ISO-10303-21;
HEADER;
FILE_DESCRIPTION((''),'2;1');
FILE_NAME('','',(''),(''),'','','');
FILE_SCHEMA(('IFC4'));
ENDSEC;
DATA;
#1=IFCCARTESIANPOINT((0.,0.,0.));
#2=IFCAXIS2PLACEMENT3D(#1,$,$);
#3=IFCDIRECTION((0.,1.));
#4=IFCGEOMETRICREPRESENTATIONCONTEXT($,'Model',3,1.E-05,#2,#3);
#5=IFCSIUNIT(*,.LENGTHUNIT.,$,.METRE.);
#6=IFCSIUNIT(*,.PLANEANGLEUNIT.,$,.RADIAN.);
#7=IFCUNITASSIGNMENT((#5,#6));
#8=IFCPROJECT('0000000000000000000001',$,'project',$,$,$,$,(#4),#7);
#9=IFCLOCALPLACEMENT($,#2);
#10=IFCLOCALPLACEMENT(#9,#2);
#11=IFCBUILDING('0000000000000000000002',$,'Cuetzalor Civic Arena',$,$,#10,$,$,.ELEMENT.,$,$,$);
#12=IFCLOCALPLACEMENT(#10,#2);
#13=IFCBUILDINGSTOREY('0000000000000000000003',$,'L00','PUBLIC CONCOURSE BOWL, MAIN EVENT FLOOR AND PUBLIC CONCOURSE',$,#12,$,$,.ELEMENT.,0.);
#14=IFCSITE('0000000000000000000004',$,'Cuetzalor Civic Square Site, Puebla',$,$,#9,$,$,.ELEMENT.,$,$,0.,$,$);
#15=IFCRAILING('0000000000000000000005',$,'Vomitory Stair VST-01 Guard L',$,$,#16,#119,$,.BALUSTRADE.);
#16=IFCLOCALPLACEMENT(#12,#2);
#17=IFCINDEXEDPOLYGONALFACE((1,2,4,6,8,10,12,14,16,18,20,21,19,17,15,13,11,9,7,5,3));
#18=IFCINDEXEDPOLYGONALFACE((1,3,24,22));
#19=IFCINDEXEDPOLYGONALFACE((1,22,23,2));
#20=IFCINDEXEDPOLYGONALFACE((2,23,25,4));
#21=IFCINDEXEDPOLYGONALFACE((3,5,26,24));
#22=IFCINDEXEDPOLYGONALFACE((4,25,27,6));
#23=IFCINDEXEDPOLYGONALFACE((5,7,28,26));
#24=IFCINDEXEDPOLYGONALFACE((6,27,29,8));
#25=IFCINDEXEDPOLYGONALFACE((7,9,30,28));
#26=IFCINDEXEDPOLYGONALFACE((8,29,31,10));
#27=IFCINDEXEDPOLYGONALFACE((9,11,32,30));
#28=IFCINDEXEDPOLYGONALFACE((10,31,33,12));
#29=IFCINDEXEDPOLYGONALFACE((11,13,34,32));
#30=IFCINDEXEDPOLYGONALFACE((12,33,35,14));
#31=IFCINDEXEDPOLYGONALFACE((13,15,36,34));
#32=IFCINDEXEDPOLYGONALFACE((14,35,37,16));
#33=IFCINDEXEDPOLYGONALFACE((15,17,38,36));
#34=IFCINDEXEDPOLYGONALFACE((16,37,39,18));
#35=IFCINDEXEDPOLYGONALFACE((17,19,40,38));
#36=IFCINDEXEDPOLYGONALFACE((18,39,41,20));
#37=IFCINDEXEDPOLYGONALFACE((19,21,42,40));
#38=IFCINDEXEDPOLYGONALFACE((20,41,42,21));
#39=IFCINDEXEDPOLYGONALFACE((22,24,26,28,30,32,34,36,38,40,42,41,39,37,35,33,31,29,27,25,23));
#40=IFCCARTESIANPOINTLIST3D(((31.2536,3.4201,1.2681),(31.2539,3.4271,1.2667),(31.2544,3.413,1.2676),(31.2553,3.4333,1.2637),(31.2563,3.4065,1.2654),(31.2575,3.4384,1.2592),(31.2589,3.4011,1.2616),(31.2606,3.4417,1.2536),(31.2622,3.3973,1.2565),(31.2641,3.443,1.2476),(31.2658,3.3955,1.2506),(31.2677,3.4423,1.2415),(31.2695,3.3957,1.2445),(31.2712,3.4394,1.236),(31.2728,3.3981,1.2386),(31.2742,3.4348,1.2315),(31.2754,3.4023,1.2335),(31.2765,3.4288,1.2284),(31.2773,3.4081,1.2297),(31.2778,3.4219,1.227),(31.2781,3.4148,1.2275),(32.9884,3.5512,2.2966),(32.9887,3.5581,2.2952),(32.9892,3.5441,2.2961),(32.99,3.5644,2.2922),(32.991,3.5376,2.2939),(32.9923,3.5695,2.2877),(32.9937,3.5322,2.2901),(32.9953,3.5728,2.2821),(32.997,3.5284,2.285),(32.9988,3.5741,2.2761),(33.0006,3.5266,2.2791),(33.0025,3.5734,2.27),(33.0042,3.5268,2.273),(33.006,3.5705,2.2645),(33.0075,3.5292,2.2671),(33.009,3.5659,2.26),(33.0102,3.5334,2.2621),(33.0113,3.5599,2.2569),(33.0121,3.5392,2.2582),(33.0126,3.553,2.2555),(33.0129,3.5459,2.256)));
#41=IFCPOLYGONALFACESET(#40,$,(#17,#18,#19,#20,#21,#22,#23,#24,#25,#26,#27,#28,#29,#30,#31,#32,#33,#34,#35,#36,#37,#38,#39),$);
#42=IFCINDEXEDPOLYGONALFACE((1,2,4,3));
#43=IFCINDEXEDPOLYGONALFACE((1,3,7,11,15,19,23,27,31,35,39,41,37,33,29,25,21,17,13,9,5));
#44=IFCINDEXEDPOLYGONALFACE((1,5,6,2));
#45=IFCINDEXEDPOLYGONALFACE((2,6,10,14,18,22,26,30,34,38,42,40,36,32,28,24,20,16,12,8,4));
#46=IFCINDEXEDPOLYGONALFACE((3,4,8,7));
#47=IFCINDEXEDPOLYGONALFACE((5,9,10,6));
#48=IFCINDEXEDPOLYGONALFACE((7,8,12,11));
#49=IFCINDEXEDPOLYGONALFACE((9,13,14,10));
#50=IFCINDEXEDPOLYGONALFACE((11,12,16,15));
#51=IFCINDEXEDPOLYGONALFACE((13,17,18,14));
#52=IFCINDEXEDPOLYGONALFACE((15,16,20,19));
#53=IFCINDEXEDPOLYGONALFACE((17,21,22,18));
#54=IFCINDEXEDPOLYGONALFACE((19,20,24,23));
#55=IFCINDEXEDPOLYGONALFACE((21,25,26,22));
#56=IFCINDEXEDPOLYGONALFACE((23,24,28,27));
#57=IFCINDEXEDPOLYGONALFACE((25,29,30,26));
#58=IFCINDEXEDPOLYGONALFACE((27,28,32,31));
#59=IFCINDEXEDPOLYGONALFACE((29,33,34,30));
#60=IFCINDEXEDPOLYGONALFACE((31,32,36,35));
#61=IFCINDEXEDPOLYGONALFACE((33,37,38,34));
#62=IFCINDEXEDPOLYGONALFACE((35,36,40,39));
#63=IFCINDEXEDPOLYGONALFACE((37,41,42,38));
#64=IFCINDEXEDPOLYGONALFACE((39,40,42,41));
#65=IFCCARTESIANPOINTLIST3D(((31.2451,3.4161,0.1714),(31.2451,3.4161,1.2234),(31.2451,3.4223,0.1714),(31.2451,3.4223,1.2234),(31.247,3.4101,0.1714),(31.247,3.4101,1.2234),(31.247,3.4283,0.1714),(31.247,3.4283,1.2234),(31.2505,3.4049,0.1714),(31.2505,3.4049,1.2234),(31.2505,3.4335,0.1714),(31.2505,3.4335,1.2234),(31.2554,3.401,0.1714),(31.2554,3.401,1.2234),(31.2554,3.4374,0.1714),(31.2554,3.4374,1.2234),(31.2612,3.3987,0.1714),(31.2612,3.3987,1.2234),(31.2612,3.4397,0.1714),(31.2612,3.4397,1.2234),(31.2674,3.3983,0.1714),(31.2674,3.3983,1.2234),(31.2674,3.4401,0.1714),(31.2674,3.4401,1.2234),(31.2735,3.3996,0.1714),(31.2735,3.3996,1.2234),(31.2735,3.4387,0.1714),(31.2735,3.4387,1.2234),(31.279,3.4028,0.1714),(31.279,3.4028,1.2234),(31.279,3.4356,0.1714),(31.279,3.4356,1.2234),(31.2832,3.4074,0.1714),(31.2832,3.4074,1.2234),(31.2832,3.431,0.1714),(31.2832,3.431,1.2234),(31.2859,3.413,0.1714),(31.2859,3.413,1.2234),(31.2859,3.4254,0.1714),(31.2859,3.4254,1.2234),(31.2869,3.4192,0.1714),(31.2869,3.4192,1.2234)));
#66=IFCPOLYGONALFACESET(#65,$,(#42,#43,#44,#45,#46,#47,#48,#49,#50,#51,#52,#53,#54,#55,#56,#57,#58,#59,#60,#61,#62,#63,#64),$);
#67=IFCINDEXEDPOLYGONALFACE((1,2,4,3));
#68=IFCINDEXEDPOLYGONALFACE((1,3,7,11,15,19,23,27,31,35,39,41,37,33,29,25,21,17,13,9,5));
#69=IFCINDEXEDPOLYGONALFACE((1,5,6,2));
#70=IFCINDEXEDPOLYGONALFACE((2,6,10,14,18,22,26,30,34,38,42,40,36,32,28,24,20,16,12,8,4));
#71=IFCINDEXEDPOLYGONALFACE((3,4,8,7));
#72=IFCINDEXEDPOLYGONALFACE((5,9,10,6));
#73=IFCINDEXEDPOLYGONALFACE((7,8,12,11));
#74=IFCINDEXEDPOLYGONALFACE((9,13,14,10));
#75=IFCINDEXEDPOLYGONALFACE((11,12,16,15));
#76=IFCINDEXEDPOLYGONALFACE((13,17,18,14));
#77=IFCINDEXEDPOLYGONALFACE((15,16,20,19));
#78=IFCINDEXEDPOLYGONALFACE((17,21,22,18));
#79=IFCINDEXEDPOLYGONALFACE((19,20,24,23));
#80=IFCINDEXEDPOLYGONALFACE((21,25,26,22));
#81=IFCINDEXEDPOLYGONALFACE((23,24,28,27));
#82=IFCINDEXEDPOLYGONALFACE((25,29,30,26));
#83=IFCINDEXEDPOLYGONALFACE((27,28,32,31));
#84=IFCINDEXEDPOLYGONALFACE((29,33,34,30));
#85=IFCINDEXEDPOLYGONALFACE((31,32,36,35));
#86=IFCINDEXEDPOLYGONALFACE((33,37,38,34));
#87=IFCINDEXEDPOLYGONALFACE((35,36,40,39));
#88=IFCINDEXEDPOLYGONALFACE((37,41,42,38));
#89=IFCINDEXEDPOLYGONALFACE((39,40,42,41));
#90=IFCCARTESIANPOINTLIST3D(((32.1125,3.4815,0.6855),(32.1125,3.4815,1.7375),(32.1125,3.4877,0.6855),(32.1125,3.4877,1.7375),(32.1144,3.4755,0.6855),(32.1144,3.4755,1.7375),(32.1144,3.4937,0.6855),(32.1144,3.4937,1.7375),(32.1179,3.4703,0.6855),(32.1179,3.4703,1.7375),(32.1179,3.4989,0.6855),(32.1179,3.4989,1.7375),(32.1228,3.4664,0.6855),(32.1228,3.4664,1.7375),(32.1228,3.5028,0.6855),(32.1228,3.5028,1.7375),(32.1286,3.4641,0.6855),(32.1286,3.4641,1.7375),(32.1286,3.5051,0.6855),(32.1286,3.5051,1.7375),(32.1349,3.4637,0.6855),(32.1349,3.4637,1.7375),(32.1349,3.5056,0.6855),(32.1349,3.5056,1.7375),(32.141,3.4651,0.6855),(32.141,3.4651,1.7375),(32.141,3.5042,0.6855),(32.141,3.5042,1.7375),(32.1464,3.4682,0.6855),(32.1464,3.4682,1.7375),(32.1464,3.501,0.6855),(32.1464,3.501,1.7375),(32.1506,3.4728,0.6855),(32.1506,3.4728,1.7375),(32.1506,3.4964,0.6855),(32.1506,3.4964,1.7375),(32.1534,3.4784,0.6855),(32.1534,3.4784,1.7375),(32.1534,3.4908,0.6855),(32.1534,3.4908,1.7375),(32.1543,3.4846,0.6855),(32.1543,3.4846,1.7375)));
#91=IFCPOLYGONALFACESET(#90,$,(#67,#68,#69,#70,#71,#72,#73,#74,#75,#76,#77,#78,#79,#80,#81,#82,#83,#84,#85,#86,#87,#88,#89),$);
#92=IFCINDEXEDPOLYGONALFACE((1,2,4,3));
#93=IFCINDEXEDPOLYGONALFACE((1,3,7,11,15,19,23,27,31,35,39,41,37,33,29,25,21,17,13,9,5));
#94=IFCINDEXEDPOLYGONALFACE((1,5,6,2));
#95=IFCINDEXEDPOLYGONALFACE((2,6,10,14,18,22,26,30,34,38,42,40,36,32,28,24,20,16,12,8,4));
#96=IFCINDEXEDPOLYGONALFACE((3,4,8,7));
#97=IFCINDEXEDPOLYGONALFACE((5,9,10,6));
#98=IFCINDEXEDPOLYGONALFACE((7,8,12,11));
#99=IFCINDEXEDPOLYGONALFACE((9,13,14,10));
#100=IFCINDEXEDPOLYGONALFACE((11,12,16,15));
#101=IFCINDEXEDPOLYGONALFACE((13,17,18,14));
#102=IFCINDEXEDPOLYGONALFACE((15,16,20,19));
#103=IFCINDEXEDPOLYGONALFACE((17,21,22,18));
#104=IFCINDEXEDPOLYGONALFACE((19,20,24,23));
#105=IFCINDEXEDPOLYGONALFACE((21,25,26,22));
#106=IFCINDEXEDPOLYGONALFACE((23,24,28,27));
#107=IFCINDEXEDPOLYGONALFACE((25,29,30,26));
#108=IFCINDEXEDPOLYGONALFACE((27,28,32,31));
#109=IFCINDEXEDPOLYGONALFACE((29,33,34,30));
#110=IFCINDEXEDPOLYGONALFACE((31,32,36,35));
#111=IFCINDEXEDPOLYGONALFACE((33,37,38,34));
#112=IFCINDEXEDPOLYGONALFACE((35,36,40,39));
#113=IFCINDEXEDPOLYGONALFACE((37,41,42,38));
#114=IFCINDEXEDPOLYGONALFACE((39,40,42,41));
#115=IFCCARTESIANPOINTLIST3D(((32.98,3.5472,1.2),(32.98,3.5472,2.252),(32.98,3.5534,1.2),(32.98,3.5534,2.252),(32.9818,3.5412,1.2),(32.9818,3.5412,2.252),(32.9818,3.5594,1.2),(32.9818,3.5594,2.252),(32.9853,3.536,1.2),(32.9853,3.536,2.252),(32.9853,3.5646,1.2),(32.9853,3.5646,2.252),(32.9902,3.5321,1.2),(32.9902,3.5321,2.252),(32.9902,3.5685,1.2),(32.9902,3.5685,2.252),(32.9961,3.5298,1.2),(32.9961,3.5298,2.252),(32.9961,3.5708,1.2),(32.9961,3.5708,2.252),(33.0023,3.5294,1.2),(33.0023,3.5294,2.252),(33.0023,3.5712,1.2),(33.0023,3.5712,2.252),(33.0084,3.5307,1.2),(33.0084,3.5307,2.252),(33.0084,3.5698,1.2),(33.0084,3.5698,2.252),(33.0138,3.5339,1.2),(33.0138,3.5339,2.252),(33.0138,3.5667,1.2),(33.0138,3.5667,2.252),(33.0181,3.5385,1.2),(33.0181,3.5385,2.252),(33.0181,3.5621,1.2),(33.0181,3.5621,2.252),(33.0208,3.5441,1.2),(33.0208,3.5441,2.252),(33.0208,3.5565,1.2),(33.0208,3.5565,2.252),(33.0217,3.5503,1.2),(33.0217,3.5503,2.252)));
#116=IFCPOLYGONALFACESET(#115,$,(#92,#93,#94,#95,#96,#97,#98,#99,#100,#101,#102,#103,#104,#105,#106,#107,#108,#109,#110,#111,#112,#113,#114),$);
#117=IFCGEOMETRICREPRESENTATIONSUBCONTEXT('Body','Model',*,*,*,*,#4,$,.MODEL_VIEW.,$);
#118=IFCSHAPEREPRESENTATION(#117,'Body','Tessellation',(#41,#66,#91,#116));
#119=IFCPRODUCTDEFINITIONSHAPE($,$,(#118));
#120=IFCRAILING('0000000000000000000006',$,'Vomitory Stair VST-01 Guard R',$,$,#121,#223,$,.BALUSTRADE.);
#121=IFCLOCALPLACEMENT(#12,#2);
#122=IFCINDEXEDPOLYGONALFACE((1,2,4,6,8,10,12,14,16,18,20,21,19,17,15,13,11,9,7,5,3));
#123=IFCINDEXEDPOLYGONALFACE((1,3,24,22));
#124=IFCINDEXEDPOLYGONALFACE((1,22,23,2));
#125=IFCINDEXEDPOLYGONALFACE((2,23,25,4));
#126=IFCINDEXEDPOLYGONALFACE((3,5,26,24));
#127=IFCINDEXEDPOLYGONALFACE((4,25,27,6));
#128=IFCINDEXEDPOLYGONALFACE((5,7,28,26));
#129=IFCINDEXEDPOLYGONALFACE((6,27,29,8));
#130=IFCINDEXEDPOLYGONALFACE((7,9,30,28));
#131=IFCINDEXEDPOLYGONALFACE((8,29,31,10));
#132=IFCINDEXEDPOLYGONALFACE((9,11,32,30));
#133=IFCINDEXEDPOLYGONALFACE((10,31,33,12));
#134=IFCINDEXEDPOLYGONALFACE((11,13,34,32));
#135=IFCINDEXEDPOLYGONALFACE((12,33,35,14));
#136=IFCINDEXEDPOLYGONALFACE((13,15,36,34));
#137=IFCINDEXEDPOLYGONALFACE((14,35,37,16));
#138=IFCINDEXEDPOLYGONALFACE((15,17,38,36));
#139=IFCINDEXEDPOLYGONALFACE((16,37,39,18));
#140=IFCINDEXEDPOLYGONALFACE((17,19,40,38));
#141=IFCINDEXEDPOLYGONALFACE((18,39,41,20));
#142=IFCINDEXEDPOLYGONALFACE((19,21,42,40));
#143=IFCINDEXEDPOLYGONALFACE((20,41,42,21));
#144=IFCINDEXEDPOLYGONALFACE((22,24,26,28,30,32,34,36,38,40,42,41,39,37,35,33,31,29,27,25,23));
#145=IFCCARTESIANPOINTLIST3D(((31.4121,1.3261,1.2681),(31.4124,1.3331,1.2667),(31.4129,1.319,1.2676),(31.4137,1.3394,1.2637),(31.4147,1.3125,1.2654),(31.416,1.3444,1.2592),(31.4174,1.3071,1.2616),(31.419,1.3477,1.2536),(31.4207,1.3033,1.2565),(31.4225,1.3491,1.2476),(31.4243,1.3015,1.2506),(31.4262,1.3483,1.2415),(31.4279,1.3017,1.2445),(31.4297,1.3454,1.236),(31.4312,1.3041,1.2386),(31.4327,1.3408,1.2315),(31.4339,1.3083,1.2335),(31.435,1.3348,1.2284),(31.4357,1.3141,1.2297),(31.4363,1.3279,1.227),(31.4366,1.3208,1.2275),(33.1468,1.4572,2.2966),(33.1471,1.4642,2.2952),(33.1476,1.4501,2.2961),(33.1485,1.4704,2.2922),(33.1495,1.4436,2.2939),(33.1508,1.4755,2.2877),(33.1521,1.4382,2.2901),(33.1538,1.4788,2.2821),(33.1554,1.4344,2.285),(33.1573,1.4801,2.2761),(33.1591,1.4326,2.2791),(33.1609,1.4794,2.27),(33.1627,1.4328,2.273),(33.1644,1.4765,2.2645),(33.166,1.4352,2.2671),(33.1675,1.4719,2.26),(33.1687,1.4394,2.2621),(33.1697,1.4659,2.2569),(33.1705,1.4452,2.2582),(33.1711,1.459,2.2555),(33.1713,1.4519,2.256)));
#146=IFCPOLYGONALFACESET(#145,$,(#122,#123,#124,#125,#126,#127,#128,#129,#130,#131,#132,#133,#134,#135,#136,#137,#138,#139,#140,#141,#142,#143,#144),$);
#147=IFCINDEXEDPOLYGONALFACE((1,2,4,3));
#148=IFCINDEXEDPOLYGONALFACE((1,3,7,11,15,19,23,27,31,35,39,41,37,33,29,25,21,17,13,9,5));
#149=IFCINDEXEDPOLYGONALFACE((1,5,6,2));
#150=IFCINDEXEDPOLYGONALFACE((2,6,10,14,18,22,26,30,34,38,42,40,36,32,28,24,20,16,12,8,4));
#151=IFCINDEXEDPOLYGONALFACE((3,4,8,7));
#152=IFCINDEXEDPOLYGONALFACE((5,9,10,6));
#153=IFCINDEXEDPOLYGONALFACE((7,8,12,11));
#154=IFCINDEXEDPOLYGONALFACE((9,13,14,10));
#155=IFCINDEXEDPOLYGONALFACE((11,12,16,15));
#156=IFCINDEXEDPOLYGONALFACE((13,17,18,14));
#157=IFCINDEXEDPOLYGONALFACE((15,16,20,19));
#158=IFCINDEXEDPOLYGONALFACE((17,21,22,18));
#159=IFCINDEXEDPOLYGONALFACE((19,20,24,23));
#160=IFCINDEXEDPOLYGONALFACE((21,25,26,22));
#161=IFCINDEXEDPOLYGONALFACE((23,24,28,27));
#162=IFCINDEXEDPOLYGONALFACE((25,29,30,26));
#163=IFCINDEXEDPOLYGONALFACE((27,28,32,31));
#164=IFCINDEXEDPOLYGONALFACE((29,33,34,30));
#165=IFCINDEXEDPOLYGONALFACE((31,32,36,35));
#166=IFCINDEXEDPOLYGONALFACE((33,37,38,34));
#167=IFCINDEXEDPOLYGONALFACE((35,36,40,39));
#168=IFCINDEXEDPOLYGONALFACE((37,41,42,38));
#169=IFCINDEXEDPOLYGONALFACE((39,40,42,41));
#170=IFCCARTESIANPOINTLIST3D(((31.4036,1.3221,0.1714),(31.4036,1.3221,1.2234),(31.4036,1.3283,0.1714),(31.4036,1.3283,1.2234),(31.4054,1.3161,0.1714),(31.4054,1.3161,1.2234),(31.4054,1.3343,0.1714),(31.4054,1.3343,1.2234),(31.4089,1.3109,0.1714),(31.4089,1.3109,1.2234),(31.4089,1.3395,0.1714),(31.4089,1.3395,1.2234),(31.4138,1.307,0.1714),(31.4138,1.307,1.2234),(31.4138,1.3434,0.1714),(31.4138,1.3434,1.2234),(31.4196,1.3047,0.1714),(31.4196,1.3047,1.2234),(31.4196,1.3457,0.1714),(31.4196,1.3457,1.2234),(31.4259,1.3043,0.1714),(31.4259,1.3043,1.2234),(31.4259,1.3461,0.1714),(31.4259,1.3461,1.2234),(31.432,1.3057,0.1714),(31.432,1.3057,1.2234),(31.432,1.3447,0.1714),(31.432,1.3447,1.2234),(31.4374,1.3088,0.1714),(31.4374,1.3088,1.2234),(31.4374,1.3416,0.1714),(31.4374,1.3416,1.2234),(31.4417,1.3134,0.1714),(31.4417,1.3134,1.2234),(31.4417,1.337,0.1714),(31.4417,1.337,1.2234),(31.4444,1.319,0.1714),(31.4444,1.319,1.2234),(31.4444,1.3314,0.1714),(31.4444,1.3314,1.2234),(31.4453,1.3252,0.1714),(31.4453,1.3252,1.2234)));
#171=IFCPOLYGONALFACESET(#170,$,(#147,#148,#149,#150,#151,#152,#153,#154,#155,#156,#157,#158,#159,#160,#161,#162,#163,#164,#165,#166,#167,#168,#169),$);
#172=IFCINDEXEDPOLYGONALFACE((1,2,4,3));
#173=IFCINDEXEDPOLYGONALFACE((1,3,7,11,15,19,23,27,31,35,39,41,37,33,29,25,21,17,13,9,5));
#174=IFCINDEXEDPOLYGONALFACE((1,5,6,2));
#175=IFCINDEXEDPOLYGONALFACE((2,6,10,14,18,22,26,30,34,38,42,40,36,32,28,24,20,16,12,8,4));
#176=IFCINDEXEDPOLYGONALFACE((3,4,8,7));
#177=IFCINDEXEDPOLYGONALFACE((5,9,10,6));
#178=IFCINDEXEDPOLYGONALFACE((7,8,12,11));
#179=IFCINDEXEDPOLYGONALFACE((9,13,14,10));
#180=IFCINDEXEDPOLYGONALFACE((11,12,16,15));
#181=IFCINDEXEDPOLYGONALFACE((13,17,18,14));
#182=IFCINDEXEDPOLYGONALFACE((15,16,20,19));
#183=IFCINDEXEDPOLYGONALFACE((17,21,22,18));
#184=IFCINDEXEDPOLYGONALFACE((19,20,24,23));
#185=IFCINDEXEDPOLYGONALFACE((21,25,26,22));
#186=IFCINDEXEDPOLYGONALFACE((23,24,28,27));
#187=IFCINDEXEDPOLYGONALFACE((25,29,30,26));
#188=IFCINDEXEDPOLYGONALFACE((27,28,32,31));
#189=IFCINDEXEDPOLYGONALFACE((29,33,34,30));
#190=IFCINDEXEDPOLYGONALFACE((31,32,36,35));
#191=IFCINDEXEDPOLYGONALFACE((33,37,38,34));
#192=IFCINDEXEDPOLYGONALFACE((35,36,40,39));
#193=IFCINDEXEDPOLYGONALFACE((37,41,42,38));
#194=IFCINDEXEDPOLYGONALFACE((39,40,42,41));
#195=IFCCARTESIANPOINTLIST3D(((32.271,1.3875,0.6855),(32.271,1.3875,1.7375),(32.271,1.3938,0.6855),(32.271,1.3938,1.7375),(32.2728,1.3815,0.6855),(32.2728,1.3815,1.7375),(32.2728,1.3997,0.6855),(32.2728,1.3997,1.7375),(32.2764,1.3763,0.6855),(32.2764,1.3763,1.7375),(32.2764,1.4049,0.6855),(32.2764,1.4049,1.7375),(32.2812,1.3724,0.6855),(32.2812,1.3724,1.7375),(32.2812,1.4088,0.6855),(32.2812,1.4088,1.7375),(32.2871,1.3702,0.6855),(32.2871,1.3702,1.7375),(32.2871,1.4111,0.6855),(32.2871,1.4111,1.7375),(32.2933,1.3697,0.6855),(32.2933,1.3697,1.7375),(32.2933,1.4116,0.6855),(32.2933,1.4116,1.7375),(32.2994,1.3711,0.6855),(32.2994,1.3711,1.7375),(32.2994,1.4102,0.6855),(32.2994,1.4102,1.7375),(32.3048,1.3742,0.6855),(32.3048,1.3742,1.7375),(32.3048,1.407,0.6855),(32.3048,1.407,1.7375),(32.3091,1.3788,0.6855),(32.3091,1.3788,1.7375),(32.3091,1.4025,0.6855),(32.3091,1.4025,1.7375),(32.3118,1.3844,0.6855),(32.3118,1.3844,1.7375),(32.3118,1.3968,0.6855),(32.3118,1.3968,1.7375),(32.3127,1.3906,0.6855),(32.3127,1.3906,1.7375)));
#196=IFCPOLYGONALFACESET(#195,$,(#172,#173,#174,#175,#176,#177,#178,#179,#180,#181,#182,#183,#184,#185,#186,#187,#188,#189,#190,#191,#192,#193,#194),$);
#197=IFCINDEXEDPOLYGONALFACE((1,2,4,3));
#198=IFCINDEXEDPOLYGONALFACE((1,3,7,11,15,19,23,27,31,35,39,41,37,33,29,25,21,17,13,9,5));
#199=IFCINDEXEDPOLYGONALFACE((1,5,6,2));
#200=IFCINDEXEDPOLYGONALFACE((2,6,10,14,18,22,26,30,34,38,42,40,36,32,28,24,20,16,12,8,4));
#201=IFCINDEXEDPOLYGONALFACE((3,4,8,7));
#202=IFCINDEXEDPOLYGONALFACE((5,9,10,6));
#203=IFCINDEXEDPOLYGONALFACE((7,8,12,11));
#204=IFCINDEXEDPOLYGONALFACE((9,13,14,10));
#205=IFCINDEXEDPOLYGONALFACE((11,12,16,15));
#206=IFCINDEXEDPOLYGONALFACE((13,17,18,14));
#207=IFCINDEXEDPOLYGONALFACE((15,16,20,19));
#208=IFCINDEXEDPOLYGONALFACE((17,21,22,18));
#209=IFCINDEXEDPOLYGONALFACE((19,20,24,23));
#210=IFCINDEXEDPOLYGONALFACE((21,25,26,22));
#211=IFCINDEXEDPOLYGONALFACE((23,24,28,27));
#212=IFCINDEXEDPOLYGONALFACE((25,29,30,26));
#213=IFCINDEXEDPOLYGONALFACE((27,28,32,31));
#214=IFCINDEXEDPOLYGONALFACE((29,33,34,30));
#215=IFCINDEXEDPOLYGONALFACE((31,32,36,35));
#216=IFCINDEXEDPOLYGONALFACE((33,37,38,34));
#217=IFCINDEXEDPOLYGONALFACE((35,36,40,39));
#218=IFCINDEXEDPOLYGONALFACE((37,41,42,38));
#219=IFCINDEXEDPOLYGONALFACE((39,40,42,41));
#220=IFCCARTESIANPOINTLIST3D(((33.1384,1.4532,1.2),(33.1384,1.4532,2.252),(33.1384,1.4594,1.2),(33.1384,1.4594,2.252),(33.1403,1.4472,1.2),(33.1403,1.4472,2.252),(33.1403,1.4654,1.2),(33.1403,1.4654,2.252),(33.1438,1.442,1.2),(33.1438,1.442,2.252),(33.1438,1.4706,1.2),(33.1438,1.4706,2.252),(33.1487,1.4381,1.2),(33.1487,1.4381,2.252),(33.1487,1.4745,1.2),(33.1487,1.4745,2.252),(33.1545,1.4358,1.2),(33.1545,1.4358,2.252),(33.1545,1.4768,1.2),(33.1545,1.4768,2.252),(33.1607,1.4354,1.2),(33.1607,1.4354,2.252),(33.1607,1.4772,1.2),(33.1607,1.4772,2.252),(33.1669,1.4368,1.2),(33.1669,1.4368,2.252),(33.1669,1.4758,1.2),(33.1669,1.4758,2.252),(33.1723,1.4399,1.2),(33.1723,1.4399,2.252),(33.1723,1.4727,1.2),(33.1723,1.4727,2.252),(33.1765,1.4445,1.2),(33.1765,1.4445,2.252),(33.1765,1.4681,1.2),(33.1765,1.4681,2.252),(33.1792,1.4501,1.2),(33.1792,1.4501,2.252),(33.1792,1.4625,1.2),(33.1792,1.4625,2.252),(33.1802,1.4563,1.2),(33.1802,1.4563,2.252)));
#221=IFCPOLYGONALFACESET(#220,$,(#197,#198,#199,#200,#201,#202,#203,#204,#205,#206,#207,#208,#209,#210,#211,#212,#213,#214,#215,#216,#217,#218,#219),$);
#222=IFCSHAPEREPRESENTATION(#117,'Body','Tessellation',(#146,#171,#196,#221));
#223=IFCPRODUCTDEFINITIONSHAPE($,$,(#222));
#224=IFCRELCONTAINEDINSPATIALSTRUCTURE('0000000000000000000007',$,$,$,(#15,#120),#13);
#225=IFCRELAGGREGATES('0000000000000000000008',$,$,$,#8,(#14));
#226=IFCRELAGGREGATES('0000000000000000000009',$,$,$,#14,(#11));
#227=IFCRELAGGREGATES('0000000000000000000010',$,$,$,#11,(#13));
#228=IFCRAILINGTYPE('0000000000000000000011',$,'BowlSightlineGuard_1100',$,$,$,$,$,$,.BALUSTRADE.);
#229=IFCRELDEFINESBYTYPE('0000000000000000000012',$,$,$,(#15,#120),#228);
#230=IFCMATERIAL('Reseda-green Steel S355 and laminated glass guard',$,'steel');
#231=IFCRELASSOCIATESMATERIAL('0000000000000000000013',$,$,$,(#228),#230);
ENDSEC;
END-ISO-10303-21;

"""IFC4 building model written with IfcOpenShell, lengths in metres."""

from ifc_helpers import new_model, si_unit, direction, frame, origin, origin_2d, place, context, subcontext, project, spatial, circle, extrude, material, type_object, element, save


model = new_model("IFC4")

# Units and contexts
model_context = context("Model", 3, precision=1e-05, world=origin(), true_north=direction((0.0, 1.0)))
body_context = subcontext(model_context, "Body", "Model", "MODEL_VIEW")
ifc_project = project(units=[si_unit("LENGTHUNIT", "METRE"), si_unit("PLANEANGLEUNIT", "RADIAN")], contexts=[model_context])

# Site, building, storey
site_placement = place(None, origin())
site = spatial("IfcSite", under=ifc_project, at=site_placement, Name="Cuetzalor Civic Square Site, Puebla", CompositionType="ELEMENT", RefElevation=0.0)
building_placement = place(site_placement, origin())
building = spatial("IfcBuilding", under=site, at=building_placement, Name="Cuetzalor Civic Arena", CompositionType="ELEMENT")
storey_placement = place(building_placement, origin())
storey = spatial("IfcBuildingStorey", under=building, at=storey_placement, Name="L00", Description="PUBLIC CONCOURSE BOWL, MAIN EVENT FLOOR AND PUBLIC CONCOURSE", CompositionType="ELEMENT", Elevation=0.0)

# Railings
ifc_material_1 = material(Name="Reseda-green Steel S355 and laminated glass guard", Category="steel")
railing_type_1 = type_object("IfcRailingType", Name="BowlSightlineGuard_1100", PredefinedType="BALUSTRADE", material=ifc_material_1)
for number, where, name in (
    (1, (31.2659, 3.4192, 0.1714), "Vomitory Stair VST-01 Guard L"),
    (2, (31.4243, 1.3252, 0.1714), "Vomitory Stair VST-01 Guard R"),
):
    element("IfcRailing", number, at=place(storey_placement, frame(where)), inside=storey, type_object=railing_type_1, Name=name, PredefinedType="BALUSTRADE", context=body_context, shape_type="SweptSolid", body=[
        extrude(circle(Radius=0.0239, at=origin_2d()), frame((0.0, 0.0, 1.0762), z_axis=(0.858372, 0.064867, 0.508911), x_axis=(-0.075355, 0.997157, 0.0)), (0.0, 0.0, 1.0), 2.021),
        extrude(circle(Radius=0.021, at=origin_2d()), origin(), (0.0, 0.0, 1.0), 1.052),
        extrude(circle(Radius=0.021, at=origin_2d()), frame((0.8674, 0.0654, 0.5142)), (0.0, 0.0, 1.0), 1.052),
        extrude(circle(Radius=0.021, at=origin_2d()), frame((1.7349, 0.1311, 1.0286)), (0.0, 0.0, 1.0), 1.052),
    ])

save(model, "model.ifc")
